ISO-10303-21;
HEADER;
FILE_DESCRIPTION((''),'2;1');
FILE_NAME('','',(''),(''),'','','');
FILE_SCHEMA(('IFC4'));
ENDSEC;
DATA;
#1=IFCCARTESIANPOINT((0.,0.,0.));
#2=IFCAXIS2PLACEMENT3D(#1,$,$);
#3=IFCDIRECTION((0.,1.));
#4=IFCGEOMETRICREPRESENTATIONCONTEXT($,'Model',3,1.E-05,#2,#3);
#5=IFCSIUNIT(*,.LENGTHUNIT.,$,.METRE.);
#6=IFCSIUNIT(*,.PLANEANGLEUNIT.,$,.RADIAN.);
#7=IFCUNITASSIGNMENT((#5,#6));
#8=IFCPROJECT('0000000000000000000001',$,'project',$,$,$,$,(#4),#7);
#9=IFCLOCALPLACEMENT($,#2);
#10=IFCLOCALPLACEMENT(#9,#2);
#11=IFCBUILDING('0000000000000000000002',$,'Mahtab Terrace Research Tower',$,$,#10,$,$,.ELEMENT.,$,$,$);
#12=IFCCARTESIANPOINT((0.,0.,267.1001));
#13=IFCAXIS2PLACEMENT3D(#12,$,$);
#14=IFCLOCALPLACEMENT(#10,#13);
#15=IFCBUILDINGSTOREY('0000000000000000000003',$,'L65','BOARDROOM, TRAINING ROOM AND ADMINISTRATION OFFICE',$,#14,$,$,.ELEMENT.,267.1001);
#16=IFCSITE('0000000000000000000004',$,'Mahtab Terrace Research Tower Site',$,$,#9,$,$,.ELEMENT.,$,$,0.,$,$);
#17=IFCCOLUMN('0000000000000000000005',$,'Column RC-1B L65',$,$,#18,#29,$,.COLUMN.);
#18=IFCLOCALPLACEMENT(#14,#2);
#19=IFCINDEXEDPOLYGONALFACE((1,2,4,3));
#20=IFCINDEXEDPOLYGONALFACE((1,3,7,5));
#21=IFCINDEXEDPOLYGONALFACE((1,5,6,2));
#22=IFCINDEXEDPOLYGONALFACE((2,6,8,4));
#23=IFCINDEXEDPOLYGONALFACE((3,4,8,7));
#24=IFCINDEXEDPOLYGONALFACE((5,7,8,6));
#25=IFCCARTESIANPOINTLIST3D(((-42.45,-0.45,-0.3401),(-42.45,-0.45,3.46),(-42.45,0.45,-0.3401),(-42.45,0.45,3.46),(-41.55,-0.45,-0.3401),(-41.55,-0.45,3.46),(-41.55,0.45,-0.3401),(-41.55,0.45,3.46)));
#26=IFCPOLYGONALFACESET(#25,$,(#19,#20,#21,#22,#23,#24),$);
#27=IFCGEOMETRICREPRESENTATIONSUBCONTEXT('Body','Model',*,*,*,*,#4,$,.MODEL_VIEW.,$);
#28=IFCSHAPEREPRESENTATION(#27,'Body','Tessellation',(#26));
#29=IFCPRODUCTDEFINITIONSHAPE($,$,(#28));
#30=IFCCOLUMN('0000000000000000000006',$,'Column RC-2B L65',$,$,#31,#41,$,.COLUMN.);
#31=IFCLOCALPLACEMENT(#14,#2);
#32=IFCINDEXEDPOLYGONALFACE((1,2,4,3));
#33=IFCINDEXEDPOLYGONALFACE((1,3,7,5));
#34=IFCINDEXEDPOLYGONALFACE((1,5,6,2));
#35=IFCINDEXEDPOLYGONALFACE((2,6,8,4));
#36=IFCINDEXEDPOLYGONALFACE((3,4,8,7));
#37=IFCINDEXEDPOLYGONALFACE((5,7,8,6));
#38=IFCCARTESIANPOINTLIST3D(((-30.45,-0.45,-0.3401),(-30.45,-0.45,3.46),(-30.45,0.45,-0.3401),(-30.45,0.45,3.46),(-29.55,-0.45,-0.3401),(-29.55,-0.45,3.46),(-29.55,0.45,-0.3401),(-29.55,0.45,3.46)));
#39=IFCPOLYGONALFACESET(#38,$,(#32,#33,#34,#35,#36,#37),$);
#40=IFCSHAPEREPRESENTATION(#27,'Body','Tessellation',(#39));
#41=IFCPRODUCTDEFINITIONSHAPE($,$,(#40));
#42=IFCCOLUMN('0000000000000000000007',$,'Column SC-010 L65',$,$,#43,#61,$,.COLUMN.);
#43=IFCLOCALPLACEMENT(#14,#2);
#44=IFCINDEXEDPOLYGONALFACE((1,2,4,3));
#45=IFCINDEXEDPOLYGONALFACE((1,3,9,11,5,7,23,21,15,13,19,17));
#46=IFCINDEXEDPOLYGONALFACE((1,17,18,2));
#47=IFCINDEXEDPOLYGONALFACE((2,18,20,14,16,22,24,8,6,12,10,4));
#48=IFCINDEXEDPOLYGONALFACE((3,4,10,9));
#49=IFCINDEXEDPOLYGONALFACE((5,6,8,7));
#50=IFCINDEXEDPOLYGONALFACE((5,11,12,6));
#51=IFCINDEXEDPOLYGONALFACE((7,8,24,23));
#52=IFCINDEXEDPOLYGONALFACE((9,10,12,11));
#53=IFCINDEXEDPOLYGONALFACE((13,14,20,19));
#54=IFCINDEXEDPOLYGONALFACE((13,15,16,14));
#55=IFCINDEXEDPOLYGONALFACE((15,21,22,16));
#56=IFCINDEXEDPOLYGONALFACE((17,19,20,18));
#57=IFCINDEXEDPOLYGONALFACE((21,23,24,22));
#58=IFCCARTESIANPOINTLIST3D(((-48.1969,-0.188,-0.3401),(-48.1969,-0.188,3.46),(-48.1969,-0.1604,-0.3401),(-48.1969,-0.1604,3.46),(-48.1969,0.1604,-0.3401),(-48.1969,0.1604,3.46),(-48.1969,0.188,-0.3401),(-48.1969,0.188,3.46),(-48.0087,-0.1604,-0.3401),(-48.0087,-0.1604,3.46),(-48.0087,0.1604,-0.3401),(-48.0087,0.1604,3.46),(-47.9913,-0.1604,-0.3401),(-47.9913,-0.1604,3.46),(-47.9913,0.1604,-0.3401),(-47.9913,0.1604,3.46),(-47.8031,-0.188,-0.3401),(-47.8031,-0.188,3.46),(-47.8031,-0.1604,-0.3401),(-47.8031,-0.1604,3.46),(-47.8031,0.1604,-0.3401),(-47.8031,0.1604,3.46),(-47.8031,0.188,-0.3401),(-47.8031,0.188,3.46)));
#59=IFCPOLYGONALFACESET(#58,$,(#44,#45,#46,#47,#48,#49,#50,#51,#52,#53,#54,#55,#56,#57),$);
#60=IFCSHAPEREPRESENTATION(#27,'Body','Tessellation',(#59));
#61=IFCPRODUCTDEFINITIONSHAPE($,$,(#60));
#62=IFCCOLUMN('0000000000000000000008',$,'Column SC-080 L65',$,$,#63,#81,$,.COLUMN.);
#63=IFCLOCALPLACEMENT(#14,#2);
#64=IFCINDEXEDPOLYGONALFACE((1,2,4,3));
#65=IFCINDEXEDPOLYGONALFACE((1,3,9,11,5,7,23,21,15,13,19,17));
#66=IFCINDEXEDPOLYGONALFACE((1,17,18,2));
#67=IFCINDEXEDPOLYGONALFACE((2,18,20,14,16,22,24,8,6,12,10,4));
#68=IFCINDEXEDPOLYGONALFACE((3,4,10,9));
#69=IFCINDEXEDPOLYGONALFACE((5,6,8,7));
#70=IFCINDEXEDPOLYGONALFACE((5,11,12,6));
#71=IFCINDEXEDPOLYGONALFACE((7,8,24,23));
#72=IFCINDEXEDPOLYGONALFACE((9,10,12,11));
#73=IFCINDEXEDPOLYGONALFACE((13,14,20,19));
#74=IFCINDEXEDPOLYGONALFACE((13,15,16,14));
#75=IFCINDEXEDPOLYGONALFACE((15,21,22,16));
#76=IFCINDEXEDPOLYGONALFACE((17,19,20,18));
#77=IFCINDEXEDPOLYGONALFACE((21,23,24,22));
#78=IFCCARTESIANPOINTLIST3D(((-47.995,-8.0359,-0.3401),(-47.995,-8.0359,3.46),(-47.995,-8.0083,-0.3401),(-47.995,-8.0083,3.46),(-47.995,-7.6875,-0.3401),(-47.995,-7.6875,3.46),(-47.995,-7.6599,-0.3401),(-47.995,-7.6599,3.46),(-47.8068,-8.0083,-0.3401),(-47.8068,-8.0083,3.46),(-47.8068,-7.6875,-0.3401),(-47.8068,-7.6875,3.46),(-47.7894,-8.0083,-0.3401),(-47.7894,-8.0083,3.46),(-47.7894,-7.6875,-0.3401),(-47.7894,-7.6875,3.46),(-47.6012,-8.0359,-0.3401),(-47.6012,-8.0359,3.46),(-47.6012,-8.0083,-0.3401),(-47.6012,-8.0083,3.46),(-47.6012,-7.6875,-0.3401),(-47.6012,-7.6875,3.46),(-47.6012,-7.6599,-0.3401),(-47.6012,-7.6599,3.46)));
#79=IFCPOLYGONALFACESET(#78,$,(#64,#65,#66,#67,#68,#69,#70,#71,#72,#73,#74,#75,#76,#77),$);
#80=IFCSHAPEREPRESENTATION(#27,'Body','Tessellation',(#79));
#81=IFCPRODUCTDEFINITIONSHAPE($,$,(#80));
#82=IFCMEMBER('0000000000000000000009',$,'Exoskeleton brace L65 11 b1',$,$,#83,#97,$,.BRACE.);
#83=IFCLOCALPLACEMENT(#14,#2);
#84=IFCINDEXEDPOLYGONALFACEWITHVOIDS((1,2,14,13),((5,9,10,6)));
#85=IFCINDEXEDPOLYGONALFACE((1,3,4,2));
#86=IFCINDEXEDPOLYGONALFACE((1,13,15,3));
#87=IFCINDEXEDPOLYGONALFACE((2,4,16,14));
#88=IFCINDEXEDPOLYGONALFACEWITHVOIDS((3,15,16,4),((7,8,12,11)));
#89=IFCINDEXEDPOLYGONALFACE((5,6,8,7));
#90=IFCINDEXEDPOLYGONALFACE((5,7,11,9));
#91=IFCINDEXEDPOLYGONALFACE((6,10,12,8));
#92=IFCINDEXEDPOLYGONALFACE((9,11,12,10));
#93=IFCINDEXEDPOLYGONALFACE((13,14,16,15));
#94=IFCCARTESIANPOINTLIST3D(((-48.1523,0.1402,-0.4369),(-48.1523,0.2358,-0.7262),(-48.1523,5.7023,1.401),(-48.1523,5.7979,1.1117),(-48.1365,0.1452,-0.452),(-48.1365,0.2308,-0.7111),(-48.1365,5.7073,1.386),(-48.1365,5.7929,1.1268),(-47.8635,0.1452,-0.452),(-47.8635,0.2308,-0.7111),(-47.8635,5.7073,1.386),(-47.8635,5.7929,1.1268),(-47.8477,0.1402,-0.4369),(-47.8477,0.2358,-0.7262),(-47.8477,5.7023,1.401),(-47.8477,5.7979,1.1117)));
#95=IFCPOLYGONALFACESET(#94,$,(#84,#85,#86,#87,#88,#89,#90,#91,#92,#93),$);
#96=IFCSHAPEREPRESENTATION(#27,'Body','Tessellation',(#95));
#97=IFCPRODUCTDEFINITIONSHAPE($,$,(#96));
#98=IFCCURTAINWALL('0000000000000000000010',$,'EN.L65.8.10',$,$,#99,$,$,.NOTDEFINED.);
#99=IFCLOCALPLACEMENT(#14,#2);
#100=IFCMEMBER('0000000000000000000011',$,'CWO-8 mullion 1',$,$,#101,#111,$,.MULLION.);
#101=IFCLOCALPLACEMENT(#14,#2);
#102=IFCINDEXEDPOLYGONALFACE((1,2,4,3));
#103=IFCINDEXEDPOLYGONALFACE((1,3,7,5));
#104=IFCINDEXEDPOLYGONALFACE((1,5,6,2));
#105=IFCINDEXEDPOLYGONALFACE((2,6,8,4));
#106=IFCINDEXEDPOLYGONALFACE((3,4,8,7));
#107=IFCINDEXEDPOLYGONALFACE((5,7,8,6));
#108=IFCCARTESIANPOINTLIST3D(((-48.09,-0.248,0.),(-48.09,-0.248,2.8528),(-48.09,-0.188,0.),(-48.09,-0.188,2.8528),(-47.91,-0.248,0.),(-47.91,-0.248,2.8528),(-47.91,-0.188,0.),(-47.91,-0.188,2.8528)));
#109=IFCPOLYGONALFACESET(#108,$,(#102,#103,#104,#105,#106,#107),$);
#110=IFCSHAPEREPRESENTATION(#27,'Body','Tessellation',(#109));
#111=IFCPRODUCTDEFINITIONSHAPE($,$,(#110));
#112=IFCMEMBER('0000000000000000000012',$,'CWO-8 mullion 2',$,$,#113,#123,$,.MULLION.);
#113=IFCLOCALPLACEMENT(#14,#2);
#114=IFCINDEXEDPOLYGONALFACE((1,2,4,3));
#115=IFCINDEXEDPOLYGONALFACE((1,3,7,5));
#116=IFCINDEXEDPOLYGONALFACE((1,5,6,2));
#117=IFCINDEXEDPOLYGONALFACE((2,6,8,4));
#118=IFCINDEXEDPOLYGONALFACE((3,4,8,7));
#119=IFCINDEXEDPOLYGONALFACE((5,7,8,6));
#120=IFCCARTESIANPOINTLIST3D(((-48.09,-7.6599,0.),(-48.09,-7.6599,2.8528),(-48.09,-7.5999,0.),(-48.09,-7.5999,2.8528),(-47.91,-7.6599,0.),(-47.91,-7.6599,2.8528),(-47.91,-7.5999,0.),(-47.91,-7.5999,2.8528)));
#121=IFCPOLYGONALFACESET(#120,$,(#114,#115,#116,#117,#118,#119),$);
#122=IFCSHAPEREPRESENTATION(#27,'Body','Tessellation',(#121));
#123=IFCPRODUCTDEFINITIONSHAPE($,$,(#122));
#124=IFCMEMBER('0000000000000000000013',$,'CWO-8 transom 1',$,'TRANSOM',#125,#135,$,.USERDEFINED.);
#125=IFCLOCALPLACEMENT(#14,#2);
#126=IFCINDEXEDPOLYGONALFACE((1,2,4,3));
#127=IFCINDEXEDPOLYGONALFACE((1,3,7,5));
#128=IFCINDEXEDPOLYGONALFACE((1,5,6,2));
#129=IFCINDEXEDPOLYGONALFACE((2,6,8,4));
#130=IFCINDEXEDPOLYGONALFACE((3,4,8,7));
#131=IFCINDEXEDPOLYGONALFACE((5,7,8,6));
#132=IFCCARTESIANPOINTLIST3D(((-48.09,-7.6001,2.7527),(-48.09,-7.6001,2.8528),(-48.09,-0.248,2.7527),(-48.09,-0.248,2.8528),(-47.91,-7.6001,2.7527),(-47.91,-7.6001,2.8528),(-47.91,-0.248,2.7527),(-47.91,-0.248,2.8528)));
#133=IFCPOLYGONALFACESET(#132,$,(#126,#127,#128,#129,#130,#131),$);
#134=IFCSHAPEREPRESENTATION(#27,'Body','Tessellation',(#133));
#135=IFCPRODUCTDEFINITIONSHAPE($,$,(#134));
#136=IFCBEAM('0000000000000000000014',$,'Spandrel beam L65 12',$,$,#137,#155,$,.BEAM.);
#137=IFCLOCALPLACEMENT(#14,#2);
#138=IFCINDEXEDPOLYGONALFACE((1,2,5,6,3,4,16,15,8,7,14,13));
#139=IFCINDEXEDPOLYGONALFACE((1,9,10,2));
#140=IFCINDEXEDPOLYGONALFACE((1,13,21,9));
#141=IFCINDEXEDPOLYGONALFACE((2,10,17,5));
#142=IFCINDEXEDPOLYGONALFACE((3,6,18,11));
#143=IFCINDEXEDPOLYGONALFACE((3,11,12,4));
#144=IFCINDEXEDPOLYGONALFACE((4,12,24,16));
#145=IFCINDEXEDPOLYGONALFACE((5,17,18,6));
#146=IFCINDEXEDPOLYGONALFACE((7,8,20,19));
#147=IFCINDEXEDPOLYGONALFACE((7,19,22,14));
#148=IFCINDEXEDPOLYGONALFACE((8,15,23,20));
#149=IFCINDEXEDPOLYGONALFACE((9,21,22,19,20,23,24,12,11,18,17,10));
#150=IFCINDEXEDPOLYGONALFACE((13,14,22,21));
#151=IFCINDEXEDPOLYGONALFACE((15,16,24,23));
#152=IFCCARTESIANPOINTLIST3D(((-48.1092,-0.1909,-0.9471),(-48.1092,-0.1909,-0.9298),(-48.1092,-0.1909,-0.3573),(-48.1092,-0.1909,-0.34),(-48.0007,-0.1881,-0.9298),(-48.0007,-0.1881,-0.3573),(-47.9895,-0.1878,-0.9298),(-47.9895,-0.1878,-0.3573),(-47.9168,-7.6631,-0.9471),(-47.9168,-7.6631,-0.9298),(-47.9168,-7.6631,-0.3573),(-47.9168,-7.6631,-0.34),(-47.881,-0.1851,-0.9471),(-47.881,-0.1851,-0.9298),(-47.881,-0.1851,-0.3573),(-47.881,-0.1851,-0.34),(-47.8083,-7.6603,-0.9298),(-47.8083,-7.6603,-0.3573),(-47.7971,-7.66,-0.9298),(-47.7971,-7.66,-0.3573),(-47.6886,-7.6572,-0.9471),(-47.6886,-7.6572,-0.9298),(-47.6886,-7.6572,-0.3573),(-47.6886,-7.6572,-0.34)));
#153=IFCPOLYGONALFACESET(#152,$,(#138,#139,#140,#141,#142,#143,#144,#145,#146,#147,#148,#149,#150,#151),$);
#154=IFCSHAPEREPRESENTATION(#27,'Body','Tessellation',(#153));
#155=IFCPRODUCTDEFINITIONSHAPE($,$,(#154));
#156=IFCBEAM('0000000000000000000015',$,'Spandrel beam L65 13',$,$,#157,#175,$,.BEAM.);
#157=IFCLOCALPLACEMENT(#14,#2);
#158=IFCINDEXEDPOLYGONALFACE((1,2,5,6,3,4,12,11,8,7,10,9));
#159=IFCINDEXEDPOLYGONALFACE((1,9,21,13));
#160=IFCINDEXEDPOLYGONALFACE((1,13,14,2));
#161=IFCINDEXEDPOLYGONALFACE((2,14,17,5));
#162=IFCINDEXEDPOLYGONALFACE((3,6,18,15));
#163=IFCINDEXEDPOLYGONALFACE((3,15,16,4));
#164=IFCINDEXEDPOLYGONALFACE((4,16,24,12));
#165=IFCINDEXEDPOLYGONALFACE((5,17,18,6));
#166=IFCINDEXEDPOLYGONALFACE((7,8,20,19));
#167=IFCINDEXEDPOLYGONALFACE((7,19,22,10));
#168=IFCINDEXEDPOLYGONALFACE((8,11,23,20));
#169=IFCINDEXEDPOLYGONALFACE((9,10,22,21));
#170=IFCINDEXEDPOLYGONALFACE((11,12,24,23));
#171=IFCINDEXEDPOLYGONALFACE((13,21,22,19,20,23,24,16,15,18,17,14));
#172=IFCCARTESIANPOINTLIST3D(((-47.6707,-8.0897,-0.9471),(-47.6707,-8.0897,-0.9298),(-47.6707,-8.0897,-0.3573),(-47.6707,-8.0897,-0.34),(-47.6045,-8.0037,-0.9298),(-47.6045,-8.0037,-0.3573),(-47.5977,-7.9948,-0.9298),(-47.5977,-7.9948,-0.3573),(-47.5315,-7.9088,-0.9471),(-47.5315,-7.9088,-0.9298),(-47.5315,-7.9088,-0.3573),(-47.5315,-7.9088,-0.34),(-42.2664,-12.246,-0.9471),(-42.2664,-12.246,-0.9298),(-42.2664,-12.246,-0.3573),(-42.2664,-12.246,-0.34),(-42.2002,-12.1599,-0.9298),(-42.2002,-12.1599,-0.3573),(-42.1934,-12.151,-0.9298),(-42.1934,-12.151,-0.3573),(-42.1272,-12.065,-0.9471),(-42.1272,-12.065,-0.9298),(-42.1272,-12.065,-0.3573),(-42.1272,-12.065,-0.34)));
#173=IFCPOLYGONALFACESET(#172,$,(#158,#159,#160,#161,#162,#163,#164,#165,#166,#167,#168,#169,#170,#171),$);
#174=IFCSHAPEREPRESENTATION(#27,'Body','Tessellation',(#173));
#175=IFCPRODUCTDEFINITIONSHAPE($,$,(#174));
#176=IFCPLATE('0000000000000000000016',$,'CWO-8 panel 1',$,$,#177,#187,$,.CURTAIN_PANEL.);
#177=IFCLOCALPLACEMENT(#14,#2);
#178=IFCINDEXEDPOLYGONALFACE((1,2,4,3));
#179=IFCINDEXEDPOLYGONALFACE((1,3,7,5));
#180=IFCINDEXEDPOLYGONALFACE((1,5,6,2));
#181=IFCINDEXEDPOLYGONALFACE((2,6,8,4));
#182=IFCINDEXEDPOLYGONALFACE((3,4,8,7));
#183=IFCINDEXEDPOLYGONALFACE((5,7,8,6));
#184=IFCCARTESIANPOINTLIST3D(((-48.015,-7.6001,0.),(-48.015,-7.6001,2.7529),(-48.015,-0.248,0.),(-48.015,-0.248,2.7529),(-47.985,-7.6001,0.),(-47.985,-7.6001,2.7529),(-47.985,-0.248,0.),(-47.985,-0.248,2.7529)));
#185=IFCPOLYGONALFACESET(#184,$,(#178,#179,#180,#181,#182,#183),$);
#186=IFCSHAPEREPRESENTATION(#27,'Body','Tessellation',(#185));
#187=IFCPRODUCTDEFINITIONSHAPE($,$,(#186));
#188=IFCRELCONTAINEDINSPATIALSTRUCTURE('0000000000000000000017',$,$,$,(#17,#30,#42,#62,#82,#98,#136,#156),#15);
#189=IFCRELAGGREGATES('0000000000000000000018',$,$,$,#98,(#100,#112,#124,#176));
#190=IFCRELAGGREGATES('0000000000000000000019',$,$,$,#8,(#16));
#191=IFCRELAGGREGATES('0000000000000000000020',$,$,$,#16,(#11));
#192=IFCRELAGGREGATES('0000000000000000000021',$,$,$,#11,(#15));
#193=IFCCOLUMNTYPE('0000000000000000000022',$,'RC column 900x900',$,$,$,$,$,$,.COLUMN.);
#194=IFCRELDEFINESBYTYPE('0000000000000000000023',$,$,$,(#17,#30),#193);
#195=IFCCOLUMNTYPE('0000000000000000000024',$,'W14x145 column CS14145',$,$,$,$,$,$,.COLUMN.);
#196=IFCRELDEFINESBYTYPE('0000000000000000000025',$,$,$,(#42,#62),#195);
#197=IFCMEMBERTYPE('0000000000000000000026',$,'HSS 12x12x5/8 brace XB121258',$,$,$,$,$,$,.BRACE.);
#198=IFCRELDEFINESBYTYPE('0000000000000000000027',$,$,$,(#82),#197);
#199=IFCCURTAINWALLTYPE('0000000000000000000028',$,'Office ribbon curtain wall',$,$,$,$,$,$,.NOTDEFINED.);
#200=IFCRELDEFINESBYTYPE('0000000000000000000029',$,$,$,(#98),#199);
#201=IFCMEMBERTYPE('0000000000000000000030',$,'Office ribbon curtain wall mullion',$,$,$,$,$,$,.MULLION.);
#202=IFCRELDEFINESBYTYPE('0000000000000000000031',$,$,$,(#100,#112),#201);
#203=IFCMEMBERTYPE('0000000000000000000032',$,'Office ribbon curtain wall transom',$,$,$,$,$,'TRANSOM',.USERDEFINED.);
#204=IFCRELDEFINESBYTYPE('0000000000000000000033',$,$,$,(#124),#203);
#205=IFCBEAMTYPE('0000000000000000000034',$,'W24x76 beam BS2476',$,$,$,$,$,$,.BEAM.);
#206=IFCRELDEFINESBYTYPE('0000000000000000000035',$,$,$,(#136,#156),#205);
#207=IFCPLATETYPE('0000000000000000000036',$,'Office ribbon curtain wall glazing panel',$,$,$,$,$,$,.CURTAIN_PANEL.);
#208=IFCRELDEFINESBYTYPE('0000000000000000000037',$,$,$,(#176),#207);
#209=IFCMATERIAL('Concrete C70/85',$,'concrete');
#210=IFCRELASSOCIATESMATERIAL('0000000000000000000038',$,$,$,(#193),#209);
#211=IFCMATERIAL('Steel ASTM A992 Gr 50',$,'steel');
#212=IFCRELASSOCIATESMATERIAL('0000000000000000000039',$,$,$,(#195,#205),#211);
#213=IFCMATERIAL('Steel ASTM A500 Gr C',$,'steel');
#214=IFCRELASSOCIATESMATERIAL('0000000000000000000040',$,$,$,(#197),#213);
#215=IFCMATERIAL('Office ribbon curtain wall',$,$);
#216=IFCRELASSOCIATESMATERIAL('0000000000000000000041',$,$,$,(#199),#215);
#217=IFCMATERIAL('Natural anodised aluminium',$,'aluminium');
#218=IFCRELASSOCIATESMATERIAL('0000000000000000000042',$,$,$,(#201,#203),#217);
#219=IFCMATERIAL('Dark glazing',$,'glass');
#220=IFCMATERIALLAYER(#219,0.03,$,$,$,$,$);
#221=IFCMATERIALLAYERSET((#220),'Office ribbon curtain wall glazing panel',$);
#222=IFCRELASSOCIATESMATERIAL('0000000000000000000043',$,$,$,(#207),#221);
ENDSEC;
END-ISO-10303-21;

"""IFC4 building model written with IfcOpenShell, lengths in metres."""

from ifc_helpers import new_model, si_unit, direction, frame, origin, origin_2d, place, context, subcontext, project, spatial, rectangle, hollow_rectangle, i_section, extrude, material, layer, layer_set, material_profile, profile_set, type_object, element, aggregate, save


model = new_model("IFC4")

# Units and contexts
model_context = context("Model", 3, precision=1e-05, world=origin(), true_north=direction((0.0, 1.0)))
body_context = subcontext(model_context, "Body", "Model", "MODEL_VIEW")
ifc_project = project(units=[si_unit("LENGTHUNIT", "METRE"), si_unit("PLANEANGLEUNIT", "RADIAN")], contexts=[model_context])

# Site, building, storey
site_placement = place(None, origin())
site = spatial("IfcSite", under=ifc_project, at=site_placement, Name="Mahtab Terrace Research Tower Site", CompositionType="ELEMENT", RefElevation=0.0)
building_placement = place(site_placement, origin())
building = spatial("IfcBuilding", under=site, at=building_placement, Name="Mahtab Terrace Research Tower", CompositionType="ELEMENT")
storey_placement = place(building_placement, frame((0.0, 0.0, 267.1001)))
storey = spatial("IfcBuildingStorey", under=building, at=storey_placement, Name="L65", Description="BOARDROOM, TRAINING ROOM AND ADMINISTRATION OFFICE", CompositionType="ELEMENT", Elevation=267.1001)

# Columns
ifc_material_1 = material(Name="Concrete C70/85", Category="concrete")
ifc_material_profile_1 = material_profile(ifc_material_1, rectangle(XDim=0.8999, YDim=0.8999, at=origin_2d()), Name="RC column 900x900")
ifc_profile_set_1 = profile_set([ifc_material_profile_1], Name="Concrete C70/85")
column_type_1 = type_object("IfcColumnType", Name="RC column 900x900", PredefinedType="COLUMN", material=ifc_profile_set_1)
for number, where, z_axis, x_axis, name in (
    (1, (-42.0, 0.0, -0.3401), (0.0, 0.0, 1.0), (1.0, 0.0, 0.0), "Column RC-1B L65"),
    (2, (-30.0, 0.0, -0.3401), (0.0, 0.0, 1.0), (1.0, 0.0, 0.0), "Column RC-2B L65"),
):
    element("IfcColumn", number, at=place(storey_placement, frame(where, z_axis=z_axis, x_axis=x_axis)), inside=storey, type_object=column_type_1, Name=name, PredefinedType="COLUMN", context=body_context, shape_type="SweptSolid", body=[
        extrude(rectangle(XDim=0.8999, YDim=0.8999, at=origin_2d()), origin(), (0.0, 0.0, 1.0), 3.8),
    ])
ifc_material_2 = material(Name="Steel ASTM A992 Gr 50", Category="steel")
ifc_material_profile_2 = material_profile(ifc_material_2, i_section(OverallWidth=0.3938, OverallDepth=0.376, WebThickness=0.0173, FlangeThickness=0.0276, at=origin_2d()), Name="W14X145")
ifc_profile_set_2 = profile_set([ifc_material_profile_2], Name="Steel ASTM A992 Gr 50")
column_type_2 = type_object("IfcColumnType", Name="W14x145 column CS14145", PredefinedType="COLUMN", material=ifc_profile_set_2)
for number, where, z_axis, x_axis, name in (
    (3, (-48.0, 0.0, -0.3401), (0.0, 0.0, 1.0), (1.0, 0.0, 0.0), "Column SC-010 L65"),
    (4, (-47.7981, -7.8479, -0.3401), (0.0, 0.0, 1.0), (1.0, 0.0, 0.0), "Column SC-080 L65"),
):
    element("IfcColumn", number, at=place(storey_placement, frame(where, z_axis=z_axis, x_axis=x_axis)), inside=storey, type_object=column_type_2, Name=name, PredefinedType="COLUMN", context=body_context, shape_type="SweptSolid", body=[
        extrude(i_section(OverallWidth=0.3938, OverallDepth=0.376, WebThickness=0.0173, FlangeThickness=0.0276, at=origin_2d()), origin(), (0.0, 0.0, 1.0), 3.8),
    ])

# Member
ifc_material_3 = material(Name="Steel ASTM A500 Gr C", Category="steel")
ifc_material_profile_3 = material_profile(ifc_material_3, hollow_rectangle(XDim=0.3047, YDim=0.3047, WallThickness=0.0159, at=origin_2d()), Name="HSS12X12X5/8")
ifc_profile_set_3 = profile_set([ifc_material_profile_3], Name="Steel ASTM A500 Gr C")
member_type_1 = type_object("IfcMemberType", Name="HSS 12x12x5/8 brace XB121258", PredefinedType="BRACE", material=ifc_profile_set_3)
member_1_placement = place(storey_placement, frame((-48.0, 0.188, -0.5815), z_axis=(0.0, 0.949505, 0.313751), x_axis=(-1.0, 0.0, 0.0)))
element("IfcMember", 5, at=member_1_placement, inside=storey, type_object=member_type_1, Name="Exoskeleton brace L65 11 b1", PredefinedType="BRACE", context=body_context, shape_type="SweptSolid", body=[
    extrude(hollow_rectangle(XDim=0.3047, YDim=0.3047, WallThickness=0.0159, at=origin_2d()), origin(), (0.0, 0.0, 1.0), 5.8579),
])

# Curtain wall, members
ifc_material_4 = material(Name="Office ribbon curtain wall")
curtain_wall_type = type_object("IfcCurtainWallType", Name="Office ribbon curtain wall", PredefinedType="NOTDEFINED", material=ifc_material_4)
curtain_wall_placement = place(storey_placement, origin())
curtain_wall = element("IfcCurtainWall", 6, at=curtain_wall_placement, inside=storey, type_object=curtain_wall_type, Name="EN.L65.8.10", PredefinedType="NOTDEFINED")
ifc_material_5 = material(Name="Natural anodised aluminium", Category="aluminium")
ifc_material_profile_4 = material_profile(ifc_material_5, rectangle(XDim=0.1799, YDim=0.0601, at=origin_2d()), Name="MULLION 60x180")
ifc_profile_set_4 = profile_set([ifc_material_profile_4], Name="Natural anodised aluminium")
member_type_2 = type_object("IfcMemberType", Name="Office ribbon curtain wall mullion", PredefinedType="MULLION", material=ifc_profile_set_4)
member_2_placement = place(storey_placement, frame((-48.0, -0.218, 0.0), z_axis=(0.0, 0.0, 1.0), x_axis=(1.0, 0.0, 0.0)))
member_2 = element("IfcMember", 7, at=member_2_placement, type_object=member_type_2, Name="CWO-8 mullion 1", PredefinedType="MULLION", context=body_context, shape_type="SweptSolid", body=[
    extrude(rectangle(XDim=0.1799, YDim=0.0601, at=origin_2d()), origin(), (0.0, 0.0, 1.0), 2.8528),
])
member_3_placement = place(storey_placement, frame((-48.0, -7.6299, 0.0), z_axis=(0.0, 0.0, 1.0), x_axis=(1.0, 0.0, 0.0)))
member_3 = element("IfcMember", 8, at=member_3_placement, type_object=member_type_2, Name="CWO-8 mullion 2", PredefinedType="MULLION", context=body_context, shape_type="SweptSolid", body=[
    extrude(rectangle(XDim=0.1799, YDim=0.0601, at=origin_2d()), origin(), (0.0, 0.0, 1.0), 2.8528),
])
ifc_material_profile_5 = material_profile(ifc_material_5, rectangle(XDim=0.1799, YDim=0.1001, at=origin_2d()), Name="TRANSOM 100x180")
ifc_profile_set_5 = profile_set([ifc_material_profile_5], Name="Natural anodised aluminium")
member_type_3 = type_object("IfcMemberType", Name="Office ribbon curtain wall transom", ElementType="TRANSOM", PredefinedType="USERDEFINED", material=ifc_profile_set_5)
member_4_placement = place(storey_placement, frame((-48.0, -0.248, 2.8027), z_axis=(0.0, -1.0, 0.0), x_axis=(1.0, 0.0, 0.0)))
member_4 = element("IfcMember", 9, at=member_4_placement, type_object=member_type_3, Name="CWO-8 transom 1", ObjectType="TRANSOM", PredefinedType="USERDEFINED", context=body_context, shape_type="SweptSolid", body=[
    extrude(rectangle(XDim=0.1799, YDim=0.1001, at=origin_2d()), origin(), (0.0, 0.0, 1.0), 7.3521),
])

# Beams
ifc_material_profile_6 = material_profile(ifc_material_2, i_section(OverallWidth=0.2283, OverallDepth=0.6072, WebThickness=0.0112, FlangeThickness=0.0173, at=origin_2d()), Name="W24X76")
ifc_profile_set_6 = profile_set([ifc_material_profile_6], Name="Steel ASTM A992 Gr 50")
beam_type = type_object("IfcBeamType", Name="W24x76 beam BS2476", PredefinedType="BEAM", material=ifc_profile_set_6)
beam_1_placement = place(storey_placement, frame((-47.9951, -0.188, -0.6436), z_axis=(0.025738, -0.999669, 0.0), x_axis=(0.999669, 0.025738, 0.0)))
element("IfcBeam", 10, at=beam_1_placement, inside=storey, type_object=beam_type, Name="Spandrel beam L65 12", PredefinedType="BEAM", context=body_context, shape_type="SweptSolid", body=[
    extrude(i_section(OverallWidth=0.2283, OverallDepth=0.6072, WebThickness=0.0112, FlangeThickness=0.0173, at=origin_2d()), origin(), (0.0, 0.0, 1.0), 7.4746),
])
beam_2_placement = place(storey_placement, frame((-47.6011, -7.9993, -0.6436), z_axis=(0.792688, -0.609628, 0.0), x_axis=(0.609628, 0.792688, 0.0)))
element("IfcBeam", 11, at=beam_2_placement, inside=storey, type_object=beam_type, Name="Spandrel beam L65 13", PredefinedType="BEAM", context=body_context, shape_type="SweptSolid", body=[
    extrude(i_section(OverallWidth=0.2283, OverallDepth=0.6072, WebThickness=0.0112, FlangeThickness=0.0173, at=origin_2d()), origin(), (0.0, 0.0, 1.0), 6.8176),
])

# Plate
ifc_material_6 = material(Name="Dark glazing", Category="glass")
ifc_layer_1 = layer(ifc_material_6, 0.03)
ifc_layer_set_1 = layer_set([ifc_layer_1], Name="Office ribbon curtain wall glazing panel")
plate_type = type_object("IfcPlateType", Name="Office ribbon curtain wall glazing panel", PredefinedType="CURTAIN_PANEL", material=ifc_layer_set_1)
plate_placement = place(storey_placement, frame((-48.0, -3.9241, 0.0), z_axis=(0.0, 0.0, 1.0), x_axis=(0.0, -1.0, 0.0)))
plate = element("IfcPlate", 12, at=plate_placement, type_object=plate_type, Name="CWO-8 panel 1", PredefinedType="CURTAIN_PANEL", context=body_context, shape_type="SweptSolid", body=[
    extrude(rectangle(XDim=7.3521, YDim=0.03, at=origin_2d()), origin(), (0.0, 0.0, 1.0), 2.7529),
])
aggregate(curtain_wall, [member_2, member_3, member_4, plate])

save(model, "model.ifc")
